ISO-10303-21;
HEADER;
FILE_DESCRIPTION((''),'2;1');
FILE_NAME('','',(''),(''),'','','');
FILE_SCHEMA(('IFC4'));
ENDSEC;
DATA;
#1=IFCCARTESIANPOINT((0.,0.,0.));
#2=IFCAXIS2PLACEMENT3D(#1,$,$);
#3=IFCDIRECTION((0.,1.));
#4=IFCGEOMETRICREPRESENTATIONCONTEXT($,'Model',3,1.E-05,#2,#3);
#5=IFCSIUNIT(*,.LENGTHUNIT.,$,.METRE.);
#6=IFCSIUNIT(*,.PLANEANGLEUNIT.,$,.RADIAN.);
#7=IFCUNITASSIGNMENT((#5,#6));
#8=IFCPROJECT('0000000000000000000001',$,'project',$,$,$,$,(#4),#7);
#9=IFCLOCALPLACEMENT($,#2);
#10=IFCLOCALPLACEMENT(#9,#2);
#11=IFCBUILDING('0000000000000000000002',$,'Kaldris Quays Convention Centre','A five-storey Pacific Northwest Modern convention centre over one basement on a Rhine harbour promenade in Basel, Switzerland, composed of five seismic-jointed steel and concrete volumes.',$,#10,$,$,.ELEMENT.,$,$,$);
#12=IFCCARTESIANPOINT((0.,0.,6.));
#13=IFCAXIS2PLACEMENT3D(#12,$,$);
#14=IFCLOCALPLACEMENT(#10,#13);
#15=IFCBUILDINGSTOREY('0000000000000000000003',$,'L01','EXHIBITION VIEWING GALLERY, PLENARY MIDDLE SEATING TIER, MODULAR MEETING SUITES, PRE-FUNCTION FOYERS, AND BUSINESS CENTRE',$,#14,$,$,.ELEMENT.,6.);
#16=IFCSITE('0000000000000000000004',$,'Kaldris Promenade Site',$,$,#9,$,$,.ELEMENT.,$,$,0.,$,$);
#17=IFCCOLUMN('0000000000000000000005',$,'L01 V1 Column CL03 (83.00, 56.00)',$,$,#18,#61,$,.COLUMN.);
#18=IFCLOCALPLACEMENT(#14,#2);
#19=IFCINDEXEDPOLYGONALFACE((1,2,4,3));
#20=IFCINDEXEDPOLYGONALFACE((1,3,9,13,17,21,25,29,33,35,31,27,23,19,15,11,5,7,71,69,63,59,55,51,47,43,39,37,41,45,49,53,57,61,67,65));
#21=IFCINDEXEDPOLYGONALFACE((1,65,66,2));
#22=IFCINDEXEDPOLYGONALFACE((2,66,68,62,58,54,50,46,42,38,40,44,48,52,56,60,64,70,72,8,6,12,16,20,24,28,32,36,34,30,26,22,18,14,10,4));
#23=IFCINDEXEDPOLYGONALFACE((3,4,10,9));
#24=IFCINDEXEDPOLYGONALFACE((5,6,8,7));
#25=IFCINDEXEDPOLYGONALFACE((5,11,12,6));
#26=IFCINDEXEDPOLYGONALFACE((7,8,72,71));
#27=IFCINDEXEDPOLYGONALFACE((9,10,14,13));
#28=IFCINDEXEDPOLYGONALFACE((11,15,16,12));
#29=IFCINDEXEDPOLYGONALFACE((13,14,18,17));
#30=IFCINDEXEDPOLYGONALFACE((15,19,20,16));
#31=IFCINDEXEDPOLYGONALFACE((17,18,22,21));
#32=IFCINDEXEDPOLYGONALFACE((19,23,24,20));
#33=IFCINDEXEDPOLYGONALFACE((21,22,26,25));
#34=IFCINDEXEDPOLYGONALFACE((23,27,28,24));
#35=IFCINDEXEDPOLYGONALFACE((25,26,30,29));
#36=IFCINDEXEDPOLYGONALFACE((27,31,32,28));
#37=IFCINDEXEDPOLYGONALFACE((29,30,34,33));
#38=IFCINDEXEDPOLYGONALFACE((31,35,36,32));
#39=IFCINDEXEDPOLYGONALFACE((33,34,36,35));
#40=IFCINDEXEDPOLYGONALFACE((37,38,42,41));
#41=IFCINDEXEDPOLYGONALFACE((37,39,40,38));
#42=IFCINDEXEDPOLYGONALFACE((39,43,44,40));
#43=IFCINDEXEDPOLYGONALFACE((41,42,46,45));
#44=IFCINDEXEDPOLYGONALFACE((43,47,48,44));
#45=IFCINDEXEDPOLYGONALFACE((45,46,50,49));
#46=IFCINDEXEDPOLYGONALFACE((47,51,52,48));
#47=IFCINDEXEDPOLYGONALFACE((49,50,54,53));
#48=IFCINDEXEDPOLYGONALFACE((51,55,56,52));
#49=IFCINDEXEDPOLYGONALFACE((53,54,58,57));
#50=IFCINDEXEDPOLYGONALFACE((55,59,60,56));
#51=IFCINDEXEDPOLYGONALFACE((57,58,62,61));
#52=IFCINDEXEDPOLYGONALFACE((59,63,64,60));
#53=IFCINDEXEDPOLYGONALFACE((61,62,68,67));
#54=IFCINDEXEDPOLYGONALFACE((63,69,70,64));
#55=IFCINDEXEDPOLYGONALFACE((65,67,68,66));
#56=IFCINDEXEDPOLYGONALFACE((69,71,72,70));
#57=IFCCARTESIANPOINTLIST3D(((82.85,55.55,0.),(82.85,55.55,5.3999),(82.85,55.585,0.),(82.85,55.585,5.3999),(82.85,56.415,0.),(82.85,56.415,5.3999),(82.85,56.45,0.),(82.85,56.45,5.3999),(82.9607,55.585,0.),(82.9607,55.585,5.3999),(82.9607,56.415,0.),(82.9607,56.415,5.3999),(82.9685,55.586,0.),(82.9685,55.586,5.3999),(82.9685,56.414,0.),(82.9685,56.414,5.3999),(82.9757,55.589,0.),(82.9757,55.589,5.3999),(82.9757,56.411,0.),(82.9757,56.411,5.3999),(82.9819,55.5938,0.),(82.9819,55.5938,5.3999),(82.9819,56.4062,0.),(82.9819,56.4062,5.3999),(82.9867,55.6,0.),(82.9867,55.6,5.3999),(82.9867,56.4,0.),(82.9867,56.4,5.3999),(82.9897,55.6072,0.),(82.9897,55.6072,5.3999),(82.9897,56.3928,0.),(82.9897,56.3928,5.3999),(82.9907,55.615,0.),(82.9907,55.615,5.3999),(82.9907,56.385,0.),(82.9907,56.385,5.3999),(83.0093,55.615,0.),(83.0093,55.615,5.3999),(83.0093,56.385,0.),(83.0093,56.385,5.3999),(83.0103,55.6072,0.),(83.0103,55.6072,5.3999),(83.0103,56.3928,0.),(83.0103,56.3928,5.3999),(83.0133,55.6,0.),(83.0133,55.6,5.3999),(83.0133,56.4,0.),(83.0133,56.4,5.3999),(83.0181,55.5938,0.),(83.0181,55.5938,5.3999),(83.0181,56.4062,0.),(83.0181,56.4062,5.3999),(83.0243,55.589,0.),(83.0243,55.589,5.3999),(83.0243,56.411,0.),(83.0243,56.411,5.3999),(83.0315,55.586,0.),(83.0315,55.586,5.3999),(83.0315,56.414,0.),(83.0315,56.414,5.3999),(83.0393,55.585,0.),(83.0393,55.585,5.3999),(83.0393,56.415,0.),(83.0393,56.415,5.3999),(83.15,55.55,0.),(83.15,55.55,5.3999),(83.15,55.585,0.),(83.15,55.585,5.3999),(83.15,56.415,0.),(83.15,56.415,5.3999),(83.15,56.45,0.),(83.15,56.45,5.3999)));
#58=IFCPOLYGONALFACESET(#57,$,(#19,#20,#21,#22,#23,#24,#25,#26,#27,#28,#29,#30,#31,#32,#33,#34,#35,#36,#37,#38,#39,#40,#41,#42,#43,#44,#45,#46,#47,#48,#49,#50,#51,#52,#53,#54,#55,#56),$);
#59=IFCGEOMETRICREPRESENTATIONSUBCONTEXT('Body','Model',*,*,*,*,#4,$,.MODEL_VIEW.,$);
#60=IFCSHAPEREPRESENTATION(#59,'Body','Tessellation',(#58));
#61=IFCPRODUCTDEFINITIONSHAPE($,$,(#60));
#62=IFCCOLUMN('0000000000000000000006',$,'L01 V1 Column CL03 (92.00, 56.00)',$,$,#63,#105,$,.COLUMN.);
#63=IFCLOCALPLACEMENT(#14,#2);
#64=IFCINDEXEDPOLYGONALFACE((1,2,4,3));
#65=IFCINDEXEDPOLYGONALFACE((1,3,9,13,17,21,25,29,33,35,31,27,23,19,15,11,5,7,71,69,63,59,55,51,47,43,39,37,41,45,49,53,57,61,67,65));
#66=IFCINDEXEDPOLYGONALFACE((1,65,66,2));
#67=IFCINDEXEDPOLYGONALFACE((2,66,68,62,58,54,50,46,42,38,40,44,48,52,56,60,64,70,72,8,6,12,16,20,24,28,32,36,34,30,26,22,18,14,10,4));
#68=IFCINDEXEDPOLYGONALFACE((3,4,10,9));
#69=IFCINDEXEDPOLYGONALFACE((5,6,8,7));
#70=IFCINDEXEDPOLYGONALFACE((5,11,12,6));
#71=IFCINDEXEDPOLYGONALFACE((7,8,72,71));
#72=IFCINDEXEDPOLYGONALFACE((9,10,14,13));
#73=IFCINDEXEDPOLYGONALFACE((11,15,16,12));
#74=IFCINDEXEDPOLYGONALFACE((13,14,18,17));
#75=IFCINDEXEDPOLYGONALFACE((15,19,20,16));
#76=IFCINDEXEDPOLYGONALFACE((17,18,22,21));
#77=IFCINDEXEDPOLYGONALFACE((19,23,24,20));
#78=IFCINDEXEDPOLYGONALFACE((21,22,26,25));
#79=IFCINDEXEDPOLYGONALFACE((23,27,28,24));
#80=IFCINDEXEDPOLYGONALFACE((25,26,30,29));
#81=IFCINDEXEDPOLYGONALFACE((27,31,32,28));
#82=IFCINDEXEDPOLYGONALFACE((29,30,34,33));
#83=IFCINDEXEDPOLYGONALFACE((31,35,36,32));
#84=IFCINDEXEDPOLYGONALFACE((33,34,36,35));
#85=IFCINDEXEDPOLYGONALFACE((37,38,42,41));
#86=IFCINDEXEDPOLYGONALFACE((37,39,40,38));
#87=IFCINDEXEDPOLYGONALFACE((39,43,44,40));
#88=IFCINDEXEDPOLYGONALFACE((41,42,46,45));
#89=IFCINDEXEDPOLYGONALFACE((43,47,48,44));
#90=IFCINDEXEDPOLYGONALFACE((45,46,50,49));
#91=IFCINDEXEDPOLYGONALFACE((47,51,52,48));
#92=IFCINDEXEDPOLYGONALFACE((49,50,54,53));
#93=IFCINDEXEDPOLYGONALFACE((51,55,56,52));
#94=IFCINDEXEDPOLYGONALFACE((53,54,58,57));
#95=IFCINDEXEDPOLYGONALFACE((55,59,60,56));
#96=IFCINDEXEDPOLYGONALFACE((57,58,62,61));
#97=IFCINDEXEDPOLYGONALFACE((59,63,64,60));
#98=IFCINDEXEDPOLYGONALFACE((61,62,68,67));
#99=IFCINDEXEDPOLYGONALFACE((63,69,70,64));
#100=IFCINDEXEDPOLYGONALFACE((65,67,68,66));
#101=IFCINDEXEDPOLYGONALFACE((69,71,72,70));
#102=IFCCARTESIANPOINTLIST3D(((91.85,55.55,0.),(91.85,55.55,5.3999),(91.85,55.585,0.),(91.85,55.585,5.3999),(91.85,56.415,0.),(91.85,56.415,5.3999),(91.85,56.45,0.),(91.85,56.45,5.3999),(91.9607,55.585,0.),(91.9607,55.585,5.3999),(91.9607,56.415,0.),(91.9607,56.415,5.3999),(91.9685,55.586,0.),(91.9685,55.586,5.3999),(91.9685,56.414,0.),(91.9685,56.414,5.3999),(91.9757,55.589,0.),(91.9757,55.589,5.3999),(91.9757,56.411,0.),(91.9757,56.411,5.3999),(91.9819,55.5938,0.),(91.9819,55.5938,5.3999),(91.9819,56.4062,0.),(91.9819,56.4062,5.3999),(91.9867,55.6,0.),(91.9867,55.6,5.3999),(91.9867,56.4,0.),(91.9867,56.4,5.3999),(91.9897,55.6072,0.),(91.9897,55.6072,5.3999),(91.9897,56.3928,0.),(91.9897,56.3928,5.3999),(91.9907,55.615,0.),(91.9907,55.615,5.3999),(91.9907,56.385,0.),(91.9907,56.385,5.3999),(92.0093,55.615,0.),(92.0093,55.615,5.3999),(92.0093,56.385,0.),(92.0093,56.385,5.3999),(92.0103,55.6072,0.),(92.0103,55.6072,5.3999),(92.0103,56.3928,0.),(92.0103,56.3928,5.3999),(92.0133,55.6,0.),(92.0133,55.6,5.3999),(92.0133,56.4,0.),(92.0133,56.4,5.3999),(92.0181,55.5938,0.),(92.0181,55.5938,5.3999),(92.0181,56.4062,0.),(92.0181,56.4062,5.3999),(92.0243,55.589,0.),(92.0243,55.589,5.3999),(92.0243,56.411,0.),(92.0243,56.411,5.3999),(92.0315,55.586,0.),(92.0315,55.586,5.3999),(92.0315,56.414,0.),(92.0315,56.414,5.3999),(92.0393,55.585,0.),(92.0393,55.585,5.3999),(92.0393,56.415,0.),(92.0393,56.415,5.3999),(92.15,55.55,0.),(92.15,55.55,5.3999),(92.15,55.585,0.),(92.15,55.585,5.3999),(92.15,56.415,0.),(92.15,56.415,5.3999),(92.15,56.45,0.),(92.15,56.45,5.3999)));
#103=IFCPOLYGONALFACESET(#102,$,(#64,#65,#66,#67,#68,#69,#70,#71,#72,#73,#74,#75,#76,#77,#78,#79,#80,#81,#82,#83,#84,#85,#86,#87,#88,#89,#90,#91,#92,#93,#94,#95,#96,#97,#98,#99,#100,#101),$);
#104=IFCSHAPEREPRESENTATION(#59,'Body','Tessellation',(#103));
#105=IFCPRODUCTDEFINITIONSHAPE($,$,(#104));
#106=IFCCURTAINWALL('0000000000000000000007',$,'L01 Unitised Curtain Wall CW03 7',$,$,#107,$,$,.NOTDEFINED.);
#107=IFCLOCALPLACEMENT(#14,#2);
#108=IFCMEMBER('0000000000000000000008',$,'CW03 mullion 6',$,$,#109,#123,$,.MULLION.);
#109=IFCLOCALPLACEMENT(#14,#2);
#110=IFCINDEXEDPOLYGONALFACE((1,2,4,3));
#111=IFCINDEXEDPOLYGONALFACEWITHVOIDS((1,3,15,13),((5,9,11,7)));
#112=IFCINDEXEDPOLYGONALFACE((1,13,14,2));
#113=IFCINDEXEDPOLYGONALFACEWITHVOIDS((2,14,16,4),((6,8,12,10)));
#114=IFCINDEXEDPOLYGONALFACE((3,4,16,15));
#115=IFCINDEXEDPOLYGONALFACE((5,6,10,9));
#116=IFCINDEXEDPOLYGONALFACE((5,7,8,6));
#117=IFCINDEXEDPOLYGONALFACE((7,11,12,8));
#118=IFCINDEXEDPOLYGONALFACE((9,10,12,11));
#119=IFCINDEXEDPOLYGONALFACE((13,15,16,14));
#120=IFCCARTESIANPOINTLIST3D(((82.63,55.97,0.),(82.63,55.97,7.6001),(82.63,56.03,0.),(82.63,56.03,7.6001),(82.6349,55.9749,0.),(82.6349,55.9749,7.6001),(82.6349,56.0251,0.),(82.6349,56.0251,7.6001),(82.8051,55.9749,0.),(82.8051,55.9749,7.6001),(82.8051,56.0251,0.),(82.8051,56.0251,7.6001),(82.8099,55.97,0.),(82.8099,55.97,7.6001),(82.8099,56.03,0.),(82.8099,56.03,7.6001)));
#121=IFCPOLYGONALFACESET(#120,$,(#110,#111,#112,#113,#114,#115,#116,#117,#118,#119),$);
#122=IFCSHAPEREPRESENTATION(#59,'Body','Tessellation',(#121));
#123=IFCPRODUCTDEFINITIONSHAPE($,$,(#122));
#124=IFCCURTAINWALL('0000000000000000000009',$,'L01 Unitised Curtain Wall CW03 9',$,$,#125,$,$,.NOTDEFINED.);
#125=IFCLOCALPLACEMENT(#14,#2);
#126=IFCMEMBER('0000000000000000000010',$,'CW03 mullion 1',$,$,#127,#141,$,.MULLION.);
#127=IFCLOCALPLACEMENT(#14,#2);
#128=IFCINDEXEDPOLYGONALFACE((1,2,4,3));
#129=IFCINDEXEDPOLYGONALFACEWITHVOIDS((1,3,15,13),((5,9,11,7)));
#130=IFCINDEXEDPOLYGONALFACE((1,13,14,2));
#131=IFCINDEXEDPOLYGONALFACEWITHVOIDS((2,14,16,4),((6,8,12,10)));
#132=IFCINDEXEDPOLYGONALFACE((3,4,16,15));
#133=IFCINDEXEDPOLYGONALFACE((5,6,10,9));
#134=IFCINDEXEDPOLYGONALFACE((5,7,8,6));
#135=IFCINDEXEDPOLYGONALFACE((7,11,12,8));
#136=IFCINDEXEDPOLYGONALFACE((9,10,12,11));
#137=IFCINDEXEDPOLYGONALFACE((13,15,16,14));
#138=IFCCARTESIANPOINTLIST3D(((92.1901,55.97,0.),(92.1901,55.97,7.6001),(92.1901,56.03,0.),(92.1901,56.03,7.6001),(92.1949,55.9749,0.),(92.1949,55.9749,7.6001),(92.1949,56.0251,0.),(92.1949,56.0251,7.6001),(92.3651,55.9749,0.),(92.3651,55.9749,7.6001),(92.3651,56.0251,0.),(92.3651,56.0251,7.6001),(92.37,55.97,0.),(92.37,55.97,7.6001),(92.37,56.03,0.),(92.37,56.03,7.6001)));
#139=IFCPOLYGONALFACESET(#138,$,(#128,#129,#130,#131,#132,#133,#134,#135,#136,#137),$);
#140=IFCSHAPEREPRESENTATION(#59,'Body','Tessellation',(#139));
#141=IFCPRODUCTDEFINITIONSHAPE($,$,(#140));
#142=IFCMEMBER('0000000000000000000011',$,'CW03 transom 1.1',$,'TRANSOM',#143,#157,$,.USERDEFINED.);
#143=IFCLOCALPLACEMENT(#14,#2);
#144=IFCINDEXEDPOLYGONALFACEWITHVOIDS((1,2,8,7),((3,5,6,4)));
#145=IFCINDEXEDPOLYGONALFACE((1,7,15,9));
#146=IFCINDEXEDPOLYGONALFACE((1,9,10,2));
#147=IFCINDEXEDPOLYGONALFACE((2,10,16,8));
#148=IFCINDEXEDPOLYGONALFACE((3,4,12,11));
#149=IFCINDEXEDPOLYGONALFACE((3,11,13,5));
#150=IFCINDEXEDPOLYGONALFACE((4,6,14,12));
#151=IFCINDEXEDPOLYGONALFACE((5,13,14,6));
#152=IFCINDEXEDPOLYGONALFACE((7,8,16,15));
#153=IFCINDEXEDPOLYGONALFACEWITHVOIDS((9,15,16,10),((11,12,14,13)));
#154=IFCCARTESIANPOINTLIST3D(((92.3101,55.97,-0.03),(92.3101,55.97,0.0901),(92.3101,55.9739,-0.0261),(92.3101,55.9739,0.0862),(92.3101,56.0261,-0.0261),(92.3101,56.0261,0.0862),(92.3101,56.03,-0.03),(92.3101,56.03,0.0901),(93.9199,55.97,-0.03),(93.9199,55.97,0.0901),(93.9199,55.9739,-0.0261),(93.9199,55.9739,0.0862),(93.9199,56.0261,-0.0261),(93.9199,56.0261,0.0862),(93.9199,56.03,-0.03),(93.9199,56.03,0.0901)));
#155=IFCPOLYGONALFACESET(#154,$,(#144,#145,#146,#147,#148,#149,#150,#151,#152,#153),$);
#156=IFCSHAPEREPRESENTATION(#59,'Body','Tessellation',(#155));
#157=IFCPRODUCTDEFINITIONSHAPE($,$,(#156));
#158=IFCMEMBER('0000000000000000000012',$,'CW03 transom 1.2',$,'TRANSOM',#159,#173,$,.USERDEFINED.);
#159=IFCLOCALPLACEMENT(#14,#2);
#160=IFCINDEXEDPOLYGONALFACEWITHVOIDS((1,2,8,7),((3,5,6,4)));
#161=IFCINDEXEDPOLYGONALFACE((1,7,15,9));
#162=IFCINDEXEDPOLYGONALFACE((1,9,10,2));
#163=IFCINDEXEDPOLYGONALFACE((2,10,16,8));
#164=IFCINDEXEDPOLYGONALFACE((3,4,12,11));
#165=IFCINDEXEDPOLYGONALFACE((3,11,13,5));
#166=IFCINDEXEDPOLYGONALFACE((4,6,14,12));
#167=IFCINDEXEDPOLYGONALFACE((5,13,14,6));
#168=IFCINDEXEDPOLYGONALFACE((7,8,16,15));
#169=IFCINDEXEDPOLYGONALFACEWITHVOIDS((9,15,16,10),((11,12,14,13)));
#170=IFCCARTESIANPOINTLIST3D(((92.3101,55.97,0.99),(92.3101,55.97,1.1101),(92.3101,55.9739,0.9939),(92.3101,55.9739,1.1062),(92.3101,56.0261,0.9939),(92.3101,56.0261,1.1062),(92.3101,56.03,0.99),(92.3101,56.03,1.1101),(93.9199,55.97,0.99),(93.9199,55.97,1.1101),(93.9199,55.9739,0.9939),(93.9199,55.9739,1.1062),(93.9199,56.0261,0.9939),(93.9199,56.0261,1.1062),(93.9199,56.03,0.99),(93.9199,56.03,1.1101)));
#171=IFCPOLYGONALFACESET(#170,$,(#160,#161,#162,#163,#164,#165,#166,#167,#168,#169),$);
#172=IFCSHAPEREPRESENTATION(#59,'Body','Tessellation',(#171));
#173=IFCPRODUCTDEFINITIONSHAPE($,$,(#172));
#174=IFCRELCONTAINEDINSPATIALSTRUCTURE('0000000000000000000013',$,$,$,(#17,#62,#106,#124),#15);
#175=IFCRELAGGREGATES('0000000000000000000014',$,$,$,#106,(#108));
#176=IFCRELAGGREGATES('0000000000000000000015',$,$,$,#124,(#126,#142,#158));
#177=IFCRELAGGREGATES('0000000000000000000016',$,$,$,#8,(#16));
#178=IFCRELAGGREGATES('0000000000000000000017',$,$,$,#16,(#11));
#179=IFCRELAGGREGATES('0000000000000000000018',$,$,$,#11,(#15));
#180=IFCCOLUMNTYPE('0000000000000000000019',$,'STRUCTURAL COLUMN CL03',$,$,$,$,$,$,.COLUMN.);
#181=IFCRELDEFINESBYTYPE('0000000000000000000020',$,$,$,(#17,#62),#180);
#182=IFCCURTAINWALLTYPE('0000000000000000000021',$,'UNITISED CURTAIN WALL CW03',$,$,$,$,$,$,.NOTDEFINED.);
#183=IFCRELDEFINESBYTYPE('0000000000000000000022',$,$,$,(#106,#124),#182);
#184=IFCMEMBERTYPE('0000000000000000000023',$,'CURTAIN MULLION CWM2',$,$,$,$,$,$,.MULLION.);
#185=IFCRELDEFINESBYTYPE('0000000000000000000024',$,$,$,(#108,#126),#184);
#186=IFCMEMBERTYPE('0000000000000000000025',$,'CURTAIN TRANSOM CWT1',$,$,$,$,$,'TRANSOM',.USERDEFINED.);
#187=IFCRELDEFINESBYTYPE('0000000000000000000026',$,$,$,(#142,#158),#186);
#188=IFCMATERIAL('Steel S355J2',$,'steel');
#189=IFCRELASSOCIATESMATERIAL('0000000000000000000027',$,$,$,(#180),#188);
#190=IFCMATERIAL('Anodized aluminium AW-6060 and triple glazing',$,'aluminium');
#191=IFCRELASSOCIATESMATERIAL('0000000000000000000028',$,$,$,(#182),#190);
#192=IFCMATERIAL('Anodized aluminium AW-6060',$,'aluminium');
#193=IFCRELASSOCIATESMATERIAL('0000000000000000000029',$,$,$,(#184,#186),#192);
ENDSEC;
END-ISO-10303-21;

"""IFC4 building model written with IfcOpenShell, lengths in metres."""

from ifc_helpers import new_model, si_unit, direction, frame, origin, origin_2d, place, context, subcontext, project, spatial, hollow_rectangle, i_section, extrude, material, material_profile, profile_set, type_object, element, aggregate, save


model = new_model("IFC4")

# Units and contexts
model_context = context("Model", 3, precision=1e-05, world=origin(), true_north=direction((0.0, 1.0)))
body_context = subcontext(model_context, "Body", "Model", "MODEL_VIEW")
ifc_project = project(units=[si_unit("LENGTHUNIT", "METRE"), si_unit("PLANEANGLEUNIT", "RADIAN")], contexts=[model_context])

# Site, building, storey
site_placement = place(None, origin())
site = spatial("IfcSite", under=ifc_project, at=site_placement, Name="Kaldris Promenade Site", CompositionType="ELEMENT", RefElevation=0.0)
building_placement = place(site_placement, origin())
building = spatial("IfcBuilding", under=site, at=building_placement, Name="Kaldris Quays Convention Centre", Description="A five-storey Pacific Northwest Modern convention centre over one basement on a Rhine harbour promenade in Basel, Switzerland, composed of five seismic-jointed steel and concrete volumes.", CompositionType="ELEMENT")
storey_placement = place(building_placement, frame((0.0, 0.0, 6.0)))
storey = spatial("IfcBuildingStorey", under=building, at=storey_placement, Name="L01", Description="EXHIBITION VIEWING GALLERY, PLENARY MIDDLE SEATING TIER, MODULAR MEETING SUITES, PRE-FUNCTION FOYERS, AND BUSINESS CENTRE", CompositionType="ELEMENT", Elevation=6.0)

# Columns
ifc_material_1 = material(Name="Steel S355J2", Category="steel")
ifc_material_profile_1 = material_profile(ifc_material_1, i_section(OverallWidth=0.3, OverallDepth=0.8999, WebThickness=0.0186, FlangeThickness=0.0349, FilletRadius=0.03, at=origin_2d()), Name="HEB 900")
ifc_profile_set_1 = profile_set([ifc_material_profile_1], Name="Steel S355J2")
column_type = type_object("IfcColumnType", Name="STRUCTURAL COLUMN CL03", PredefinedType="COLUMN", material=ifc_profile_set_1)
for number, where, z_axis, x_axis, name in (
    (1, (83.0, 56.0, 0.0), (0.0, 0.0, 1.0), (1.0, 0.0, 0.0), "L01 V1 Column CL03 (83.00, 56.00)"),
    (2, (92.0, 56.0, 0.0), (0.0, 0.0, 1.0), (1.0, 0.0, 0.0), "L01 V1 Column CL03 (92.00, 56.00)"),
):
    element("IfcColumn", number, at=place(storey_placement, frame(where, z_axis=z_axis, x_axis=x_axis)), inside=storey, type_object=column_type, Name=name, PredefinedType="COLUMN", context=body_context, shape_type="SweptSolid", body=[
        extrude(i_section(OverallWidth=0.3, OverallDepth=0.8999, WebThickness=0.0186, FlangeThickness=0.0349, FilletRadius=0.03, at=origin_2d()), origin(), (0.0, 0.0, 1.0), 5.3999),
    ])

# Curtain wall, member
ifc_material_2 = material(Name="Anodized aluminium AW-6060 and triple glazing", Category="aluminium")
curtain_wall_type = type_object("IfcCurtainWallType", Name="UNITISED CURTAIN WALL CW03", PredefinedType="NOTDEFINED", material=ifc_material_2)
curtain_wall_1_placement = place(storey_placement, origin())
curtain_wall_1 = element("IfcCurtainWall", 3, at=curtain_wall_1_placement, inside=storey, type_object=curtain_wall_type, Name="L01 Unitised Curtain Wall CW03 7", PredefinedType="NOTDEFINED")
ifc_material_3 = material(Name="Anodized aluminium AW-6060", Category="aluminium")
ifc_material_profile_2 = material_profile(ifc_material_3, hollow_rectangle(XDim=0.0601, YDim=0.1799, WallThickness=0.0049, at=origin_2d()), Name="RHS 180x60x5")
ifc_profile_set_2 = profile_set([ifc_material_profile_2], Name="Anodized aluminium AW-6060")
member_type_1 = type_object("IfcMemberType", Name="CURTAIN MULLION CWM2", PredefinedType="MULLION", material=ifc_profile_set_2)
member_1_placement = place(storey_placement, frame((82.72, 56.0, 0.0), z_axis=(0.0, 0.0, 1.0), x_axis=(0.0, 1.0, 0.0)))
member_1 = element("IfcMember", 4, at=member_1_placement, type_object=member_type_1, Name="CW03 mullion 6", PredefinedType="MULLION", context=body_context, shape_type="SweptSolid", body=[
    extrude(hollow_rectangle(XDim=0.0601, YDim=0.1799, WallThickness=0.0049, at=origin_2d()), origin(), (0.0, 0.0, 1.0), 7.6001),
])
aggregate(curtain_wall_1, [member_1])

# Curtain wall, members
curtain_wall_2_placement = place(storey_placement, origin())
curtain_wall_2 = element("IfcCurtainWall", 5, at=curtain_wall_2_placement, inside=storey, type_object=curtain_wall_type, Name="L01 Unitised Curtain Wall CW03 9", PredefinedType="NOTDEFINED")
member_2_placement = place(storey_placement, frame((92.28, 56.0, 0.0), z_axis=(0.0, 0.0, 1.0), x_axis=(0.0, 1.0, 0.0)))
member_2 = element("IfcMember", 6, at=member_2_placement, type_object=member_type_1, Name="CW03 mullion 1", PredefinedType="MULLION", context=body_context, shape_type="SweptSolid", body=[
    extrude(hollow_rectangle(XDim=0.0601, YDim=0.1799, WallThickness=0.0049, at=origin_2d()), origin(), (0.0, 0.0, 1.0), 7.6001),
])
ifc_material_profile_3 = material_profile(ifc_material_3, hollow_rectangle(XDim=0.0601, YDim=0.1201, WallThickness=0.0039, at=origin_2d()), Name="RHS 120x60x4")
ifc_profile_set_3 = profile_set([ifc_material_profile_3], Name="Anodized aluminium AW-6060")
member_type_2 = type_object("IfcMemberType", Name="CURTAIN TRANSOM CWT1", ElementType="TRANSOM", PredefinedType="USERDEFINED", material=ifc_profile_set_3)
member_3_placement = place(storey_placement, frame((92.3101, 56.0, 0.03), z_axis=(1.0, 0.0, 0.0), x_axis=(0.0, 1.0, 0.0)))
member_3 = element("IfcMember", 7, at=member_3_placement, type_object=member_type_2, Name="CW03 transom 1.1", ObjectType="TRANSOM", PredefinedType="USERDEFINED", context=body_context, shape_type="SweptSolid", body=[
    extrude(hollow_rectangle(XDim=0.0601, YDim=0.1201, WallThickness=0.0039, at=origin_2d()), origin(), (0.0, 0.0, 1.0), 1.6099),
])
member_4_placement = place(storey_placement, frame((92.3101, 56.0, 1.05), z_axis=(1.0, 0.0, 0.0), x_axis=(0.0, 1.0, 0.0)))
member_4 = element("IfcMember", 8, at=member_4_placement, type_object=member_type_2, Name="CW03 transom 1.2", ObjectType="TRANSOM", PredefinedType="USERDEFINED", context=body_context, shape_type="SweptSolid", body=[
    extrude(hollow_rectangle(XDim=0.0601, YDim=0.1201, WallThickness=0.0039, at=origin_2d()), origin(), (0.0, 0.0, 1.0), 1.6099),
])
aggregate(curtain_wall_2, [member_2, member_3, member_4])

save(model, "model.ifc")
